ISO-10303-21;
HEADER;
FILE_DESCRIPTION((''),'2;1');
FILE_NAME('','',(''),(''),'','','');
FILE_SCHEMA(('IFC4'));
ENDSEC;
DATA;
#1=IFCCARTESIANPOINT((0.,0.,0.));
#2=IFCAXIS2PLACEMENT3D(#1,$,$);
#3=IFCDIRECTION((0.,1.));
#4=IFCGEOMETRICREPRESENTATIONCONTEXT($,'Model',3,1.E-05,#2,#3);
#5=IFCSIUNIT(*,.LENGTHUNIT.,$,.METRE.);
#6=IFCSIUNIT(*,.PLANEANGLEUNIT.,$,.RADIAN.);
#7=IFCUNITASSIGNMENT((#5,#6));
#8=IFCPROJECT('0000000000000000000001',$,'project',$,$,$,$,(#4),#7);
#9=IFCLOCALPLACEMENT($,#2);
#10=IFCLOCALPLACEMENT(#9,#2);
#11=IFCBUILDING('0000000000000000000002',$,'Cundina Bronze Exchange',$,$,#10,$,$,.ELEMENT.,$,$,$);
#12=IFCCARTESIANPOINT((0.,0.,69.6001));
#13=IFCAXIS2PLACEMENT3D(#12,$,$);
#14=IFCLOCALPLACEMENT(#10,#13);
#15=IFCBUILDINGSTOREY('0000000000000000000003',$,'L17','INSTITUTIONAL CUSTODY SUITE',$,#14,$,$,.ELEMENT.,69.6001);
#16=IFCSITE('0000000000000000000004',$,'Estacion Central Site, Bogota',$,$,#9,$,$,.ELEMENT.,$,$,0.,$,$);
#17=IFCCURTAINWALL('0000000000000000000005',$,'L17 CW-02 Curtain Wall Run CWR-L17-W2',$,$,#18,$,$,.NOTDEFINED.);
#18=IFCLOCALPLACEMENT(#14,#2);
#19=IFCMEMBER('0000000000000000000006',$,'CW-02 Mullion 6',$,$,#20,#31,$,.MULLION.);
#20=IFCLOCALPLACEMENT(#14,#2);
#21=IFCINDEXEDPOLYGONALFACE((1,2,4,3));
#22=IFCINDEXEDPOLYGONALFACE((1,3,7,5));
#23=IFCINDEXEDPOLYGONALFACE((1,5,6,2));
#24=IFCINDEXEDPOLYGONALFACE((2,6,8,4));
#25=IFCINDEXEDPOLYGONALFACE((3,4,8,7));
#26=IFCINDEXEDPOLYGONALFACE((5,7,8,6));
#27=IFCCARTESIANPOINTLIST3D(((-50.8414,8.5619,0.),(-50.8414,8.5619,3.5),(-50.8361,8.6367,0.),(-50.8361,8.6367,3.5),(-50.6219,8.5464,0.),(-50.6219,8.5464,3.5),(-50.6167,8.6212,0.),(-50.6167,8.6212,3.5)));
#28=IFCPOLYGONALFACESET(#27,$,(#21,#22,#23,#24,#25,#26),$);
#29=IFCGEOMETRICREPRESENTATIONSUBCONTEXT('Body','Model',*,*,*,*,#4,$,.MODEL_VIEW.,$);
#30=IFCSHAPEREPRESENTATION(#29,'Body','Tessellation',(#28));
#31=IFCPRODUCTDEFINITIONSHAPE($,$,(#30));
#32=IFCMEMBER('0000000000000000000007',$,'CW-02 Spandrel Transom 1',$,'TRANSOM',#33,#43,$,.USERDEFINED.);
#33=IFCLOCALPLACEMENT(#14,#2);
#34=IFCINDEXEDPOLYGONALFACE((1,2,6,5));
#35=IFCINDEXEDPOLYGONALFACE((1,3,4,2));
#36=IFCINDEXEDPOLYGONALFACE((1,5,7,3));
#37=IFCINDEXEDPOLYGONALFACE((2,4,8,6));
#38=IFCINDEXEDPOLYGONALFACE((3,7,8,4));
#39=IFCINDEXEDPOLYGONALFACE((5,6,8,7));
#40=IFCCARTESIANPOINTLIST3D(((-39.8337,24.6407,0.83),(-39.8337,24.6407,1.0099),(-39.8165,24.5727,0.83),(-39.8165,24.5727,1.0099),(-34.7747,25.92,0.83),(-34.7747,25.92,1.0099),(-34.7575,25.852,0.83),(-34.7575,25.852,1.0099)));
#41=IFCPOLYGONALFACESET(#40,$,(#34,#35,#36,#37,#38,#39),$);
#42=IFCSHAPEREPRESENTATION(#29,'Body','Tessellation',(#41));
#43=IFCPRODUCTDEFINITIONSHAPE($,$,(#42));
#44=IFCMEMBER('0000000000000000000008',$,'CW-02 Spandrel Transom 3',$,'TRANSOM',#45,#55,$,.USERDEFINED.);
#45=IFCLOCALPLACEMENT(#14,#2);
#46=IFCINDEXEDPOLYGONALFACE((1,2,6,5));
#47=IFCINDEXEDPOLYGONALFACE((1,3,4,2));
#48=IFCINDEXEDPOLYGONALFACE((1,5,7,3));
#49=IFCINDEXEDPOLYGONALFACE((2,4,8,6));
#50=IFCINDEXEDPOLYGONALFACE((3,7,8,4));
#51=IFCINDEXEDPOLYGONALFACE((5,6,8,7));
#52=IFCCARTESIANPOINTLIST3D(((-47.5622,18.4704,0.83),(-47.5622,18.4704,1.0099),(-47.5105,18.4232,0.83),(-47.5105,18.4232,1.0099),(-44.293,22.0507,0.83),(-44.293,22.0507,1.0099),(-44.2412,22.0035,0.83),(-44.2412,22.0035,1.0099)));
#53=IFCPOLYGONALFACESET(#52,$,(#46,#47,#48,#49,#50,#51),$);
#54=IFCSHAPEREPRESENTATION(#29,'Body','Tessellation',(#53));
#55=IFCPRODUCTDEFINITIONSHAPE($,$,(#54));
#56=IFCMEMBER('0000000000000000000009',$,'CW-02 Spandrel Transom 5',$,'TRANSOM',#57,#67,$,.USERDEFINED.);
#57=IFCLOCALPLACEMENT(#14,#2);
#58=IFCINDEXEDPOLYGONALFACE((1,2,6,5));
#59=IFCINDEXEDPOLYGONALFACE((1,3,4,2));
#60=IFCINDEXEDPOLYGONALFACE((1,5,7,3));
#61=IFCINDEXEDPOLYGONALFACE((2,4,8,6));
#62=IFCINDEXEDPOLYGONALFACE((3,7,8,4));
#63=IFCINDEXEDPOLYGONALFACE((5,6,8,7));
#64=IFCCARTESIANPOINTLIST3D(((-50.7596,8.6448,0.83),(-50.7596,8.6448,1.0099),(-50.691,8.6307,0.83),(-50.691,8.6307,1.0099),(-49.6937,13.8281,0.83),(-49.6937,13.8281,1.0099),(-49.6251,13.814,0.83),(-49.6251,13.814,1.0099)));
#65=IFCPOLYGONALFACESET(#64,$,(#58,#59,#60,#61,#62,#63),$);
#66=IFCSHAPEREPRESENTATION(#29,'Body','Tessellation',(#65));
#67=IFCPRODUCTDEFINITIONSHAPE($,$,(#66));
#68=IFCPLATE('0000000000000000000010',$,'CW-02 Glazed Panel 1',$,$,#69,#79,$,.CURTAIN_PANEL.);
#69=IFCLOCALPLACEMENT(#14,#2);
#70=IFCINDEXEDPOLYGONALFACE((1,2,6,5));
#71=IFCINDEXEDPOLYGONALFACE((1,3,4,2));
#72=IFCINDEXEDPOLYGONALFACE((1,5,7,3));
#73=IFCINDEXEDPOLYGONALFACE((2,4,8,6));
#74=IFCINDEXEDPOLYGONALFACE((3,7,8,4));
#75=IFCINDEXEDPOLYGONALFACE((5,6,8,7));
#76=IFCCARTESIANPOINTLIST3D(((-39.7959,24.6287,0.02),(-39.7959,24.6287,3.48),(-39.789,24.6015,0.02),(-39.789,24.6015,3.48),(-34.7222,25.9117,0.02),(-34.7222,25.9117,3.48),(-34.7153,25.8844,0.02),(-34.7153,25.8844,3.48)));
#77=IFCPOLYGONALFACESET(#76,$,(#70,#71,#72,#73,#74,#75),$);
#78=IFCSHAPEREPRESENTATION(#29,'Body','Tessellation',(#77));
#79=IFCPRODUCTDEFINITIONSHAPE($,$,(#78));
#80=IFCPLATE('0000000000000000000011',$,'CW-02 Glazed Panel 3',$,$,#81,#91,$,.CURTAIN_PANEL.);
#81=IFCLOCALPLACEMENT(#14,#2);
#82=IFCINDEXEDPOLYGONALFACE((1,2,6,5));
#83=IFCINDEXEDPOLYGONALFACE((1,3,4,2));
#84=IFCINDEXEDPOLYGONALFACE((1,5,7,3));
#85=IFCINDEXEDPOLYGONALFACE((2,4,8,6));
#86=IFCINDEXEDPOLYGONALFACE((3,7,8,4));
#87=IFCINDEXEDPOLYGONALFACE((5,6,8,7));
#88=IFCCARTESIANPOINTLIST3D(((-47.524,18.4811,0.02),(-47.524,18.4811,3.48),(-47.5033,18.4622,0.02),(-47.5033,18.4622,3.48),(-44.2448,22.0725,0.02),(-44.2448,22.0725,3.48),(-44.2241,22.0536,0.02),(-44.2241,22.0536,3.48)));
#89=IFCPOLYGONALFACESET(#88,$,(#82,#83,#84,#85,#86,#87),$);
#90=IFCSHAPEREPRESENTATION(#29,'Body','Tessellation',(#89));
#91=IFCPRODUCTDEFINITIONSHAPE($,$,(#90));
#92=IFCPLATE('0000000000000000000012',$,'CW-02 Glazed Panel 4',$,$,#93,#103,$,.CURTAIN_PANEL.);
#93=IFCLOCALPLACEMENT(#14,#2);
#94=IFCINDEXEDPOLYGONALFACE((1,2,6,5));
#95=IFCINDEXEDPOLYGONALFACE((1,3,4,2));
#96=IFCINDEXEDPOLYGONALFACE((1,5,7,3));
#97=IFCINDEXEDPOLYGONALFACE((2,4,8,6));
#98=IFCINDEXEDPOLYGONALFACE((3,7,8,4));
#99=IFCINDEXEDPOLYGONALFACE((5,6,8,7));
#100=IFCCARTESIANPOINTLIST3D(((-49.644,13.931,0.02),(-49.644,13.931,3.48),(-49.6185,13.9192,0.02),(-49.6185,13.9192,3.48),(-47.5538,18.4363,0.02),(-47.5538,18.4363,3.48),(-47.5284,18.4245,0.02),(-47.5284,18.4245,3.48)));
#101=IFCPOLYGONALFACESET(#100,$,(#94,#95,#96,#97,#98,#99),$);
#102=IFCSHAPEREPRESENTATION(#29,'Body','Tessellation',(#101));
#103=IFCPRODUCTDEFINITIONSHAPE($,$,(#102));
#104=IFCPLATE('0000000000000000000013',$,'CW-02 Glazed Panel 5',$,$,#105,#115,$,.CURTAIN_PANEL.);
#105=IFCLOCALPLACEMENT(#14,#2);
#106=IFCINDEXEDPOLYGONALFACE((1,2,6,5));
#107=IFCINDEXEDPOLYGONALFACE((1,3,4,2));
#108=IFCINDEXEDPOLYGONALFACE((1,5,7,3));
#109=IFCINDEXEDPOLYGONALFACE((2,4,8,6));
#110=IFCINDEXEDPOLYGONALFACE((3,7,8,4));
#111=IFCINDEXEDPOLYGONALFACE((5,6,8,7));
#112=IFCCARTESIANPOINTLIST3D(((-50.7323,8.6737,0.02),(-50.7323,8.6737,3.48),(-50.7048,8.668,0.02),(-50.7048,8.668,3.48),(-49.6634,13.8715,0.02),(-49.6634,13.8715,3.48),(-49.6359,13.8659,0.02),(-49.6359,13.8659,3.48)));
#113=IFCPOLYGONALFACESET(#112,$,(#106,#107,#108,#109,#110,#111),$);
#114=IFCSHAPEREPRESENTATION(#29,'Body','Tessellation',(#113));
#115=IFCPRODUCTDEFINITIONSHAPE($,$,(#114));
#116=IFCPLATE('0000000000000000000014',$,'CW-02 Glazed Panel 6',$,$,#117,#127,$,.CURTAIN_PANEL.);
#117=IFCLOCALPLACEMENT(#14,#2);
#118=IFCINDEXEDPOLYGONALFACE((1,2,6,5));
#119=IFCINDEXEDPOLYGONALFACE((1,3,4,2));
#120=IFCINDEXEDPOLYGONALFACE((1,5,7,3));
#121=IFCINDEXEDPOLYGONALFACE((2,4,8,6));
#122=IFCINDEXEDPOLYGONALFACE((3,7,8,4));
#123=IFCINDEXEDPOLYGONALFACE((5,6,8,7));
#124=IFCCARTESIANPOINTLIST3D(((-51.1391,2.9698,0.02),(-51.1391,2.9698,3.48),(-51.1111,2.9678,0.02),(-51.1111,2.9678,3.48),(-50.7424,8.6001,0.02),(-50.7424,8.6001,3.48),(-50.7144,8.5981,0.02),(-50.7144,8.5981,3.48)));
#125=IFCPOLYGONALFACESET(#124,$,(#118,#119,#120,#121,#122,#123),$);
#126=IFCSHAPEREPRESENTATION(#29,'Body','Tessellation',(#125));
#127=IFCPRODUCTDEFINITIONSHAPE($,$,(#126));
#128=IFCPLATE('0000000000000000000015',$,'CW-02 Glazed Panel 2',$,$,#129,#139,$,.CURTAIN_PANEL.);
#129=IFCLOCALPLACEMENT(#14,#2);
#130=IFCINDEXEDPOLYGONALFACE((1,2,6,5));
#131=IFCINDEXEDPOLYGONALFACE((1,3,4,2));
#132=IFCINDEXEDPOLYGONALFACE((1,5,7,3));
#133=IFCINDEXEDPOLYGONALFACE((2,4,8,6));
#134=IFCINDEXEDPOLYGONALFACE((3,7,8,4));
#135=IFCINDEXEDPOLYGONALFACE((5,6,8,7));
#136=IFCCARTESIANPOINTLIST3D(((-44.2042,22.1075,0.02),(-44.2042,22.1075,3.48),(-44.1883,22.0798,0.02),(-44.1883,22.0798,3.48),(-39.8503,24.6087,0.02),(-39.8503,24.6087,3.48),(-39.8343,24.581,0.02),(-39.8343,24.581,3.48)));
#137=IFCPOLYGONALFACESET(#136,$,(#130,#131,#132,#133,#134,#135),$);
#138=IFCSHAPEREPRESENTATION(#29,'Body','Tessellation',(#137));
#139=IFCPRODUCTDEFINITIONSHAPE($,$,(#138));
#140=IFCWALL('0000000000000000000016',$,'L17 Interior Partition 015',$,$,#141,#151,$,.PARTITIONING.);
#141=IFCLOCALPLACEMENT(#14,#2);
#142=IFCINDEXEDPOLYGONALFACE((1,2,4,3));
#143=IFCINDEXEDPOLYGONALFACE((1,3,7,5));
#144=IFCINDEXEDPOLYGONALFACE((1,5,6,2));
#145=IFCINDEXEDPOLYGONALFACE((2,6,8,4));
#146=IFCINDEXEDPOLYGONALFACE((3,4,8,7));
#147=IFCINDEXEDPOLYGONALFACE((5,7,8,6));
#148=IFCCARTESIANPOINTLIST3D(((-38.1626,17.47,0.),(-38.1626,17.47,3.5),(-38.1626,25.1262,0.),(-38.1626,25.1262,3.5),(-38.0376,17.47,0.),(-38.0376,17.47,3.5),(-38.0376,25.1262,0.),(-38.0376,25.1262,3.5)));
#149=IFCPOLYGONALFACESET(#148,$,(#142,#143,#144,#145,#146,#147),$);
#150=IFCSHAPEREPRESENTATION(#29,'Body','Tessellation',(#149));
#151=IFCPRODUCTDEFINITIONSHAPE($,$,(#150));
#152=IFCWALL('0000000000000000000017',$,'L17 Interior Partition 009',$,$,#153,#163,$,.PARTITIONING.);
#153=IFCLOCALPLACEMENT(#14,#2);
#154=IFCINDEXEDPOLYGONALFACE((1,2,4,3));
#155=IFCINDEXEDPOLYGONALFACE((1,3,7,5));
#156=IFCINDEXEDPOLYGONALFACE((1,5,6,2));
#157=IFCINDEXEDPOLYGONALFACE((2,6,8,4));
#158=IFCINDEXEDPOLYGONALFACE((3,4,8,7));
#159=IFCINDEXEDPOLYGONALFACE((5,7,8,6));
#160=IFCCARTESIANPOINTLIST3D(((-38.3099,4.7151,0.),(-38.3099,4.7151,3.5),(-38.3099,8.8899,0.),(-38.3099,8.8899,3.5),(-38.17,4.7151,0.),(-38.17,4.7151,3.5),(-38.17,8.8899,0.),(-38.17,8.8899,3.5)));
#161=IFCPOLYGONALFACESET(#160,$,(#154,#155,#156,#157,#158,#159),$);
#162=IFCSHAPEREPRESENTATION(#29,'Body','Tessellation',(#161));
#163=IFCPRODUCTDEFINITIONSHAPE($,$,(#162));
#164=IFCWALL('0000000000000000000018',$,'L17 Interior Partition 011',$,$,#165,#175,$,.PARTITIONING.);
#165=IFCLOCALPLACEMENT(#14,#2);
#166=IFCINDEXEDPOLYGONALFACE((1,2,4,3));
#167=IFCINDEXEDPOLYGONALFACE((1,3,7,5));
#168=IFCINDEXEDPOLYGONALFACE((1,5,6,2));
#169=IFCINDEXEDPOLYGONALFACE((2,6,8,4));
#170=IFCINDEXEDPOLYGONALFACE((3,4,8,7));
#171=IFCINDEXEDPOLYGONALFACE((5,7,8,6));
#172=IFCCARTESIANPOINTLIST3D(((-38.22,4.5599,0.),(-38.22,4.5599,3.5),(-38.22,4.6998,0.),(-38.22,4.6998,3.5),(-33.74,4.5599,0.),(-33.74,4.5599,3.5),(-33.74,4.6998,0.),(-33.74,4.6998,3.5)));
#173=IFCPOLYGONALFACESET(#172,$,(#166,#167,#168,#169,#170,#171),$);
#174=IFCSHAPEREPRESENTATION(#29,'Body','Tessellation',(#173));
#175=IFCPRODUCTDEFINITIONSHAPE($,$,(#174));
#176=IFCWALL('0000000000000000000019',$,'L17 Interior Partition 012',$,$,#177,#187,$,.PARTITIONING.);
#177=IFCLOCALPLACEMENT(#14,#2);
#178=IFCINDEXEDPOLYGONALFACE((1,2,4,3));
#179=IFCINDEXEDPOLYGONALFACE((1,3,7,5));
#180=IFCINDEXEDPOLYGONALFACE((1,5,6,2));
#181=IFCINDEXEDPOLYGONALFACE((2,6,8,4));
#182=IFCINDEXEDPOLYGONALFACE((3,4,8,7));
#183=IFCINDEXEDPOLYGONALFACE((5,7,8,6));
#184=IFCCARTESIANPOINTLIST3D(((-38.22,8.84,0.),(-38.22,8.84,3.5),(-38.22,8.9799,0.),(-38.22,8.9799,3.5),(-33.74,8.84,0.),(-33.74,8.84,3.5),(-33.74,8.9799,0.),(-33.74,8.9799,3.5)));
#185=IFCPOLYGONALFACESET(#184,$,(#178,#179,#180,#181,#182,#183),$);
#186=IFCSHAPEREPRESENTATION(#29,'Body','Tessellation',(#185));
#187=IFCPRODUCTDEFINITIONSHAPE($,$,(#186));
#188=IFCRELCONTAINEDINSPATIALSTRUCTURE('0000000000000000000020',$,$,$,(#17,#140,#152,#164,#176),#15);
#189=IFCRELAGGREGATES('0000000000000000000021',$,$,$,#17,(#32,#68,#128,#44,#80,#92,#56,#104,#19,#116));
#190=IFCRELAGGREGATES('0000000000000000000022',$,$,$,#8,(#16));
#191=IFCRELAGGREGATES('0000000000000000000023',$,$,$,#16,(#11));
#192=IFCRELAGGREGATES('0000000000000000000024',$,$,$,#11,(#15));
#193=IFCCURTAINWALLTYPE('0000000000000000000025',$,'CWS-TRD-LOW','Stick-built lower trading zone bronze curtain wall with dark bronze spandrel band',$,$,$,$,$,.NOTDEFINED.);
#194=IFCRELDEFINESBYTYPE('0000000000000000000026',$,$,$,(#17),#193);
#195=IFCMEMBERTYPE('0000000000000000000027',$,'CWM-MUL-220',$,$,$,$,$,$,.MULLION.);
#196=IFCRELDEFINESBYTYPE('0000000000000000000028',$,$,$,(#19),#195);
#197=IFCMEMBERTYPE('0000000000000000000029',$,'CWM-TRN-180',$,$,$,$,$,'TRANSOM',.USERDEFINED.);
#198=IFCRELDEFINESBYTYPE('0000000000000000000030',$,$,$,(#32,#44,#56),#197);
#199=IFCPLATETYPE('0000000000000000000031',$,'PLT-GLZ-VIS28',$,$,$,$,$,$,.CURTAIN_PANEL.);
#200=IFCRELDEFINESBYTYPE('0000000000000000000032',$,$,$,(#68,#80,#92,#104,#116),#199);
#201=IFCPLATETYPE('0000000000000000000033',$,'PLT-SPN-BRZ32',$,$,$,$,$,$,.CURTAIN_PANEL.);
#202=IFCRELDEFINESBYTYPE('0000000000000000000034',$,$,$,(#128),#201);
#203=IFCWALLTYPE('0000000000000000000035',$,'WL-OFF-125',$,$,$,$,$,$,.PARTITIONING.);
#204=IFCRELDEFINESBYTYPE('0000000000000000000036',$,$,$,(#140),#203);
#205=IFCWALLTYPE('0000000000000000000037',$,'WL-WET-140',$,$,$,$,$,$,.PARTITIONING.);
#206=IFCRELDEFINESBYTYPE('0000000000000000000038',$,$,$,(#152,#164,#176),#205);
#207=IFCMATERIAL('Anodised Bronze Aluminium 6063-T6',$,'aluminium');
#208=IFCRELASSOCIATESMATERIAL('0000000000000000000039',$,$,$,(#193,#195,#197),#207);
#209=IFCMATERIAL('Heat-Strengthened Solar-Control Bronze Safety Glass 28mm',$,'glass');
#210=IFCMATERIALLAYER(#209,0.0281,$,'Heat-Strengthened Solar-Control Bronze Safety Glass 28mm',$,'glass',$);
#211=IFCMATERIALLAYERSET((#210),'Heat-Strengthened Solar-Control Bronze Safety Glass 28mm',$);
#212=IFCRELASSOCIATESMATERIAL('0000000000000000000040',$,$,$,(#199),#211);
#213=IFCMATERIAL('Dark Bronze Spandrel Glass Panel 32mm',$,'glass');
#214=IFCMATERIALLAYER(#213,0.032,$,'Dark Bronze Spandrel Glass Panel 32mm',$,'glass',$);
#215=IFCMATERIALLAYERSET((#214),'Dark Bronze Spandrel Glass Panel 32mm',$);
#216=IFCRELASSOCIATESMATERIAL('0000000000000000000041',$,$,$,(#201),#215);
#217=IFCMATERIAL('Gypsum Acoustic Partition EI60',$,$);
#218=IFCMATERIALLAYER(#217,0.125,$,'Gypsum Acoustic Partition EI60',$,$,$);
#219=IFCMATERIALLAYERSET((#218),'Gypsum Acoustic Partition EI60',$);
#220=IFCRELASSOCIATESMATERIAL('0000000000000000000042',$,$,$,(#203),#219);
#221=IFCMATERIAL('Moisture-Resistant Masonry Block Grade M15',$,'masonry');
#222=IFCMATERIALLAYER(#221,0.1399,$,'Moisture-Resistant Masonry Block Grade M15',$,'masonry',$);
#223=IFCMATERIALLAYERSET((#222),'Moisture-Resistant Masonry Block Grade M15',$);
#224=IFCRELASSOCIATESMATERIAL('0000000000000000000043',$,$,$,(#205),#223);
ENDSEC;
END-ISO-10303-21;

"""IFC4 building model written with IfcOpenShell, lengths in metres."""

from ifc_helpers import new_model, si_unit, direction, frame, frame_2d, origin, origin_2d, place, context, subcontext, project, spatial, rectangle, extrude, material, layer, layer_set, material_profile, profile_set, type_object, element, aggregate, save


model = new_model("IFC4")

# Units and contexts
model_context = context("Model", 3, precision=1e-05, world=origin(), true_north=direction((0.0, 1.0)))
body_context = subcontext(model_context, "Body", "Model", "MODEL_VIEW")
ifc_project = project(units=[si_unit("LENGTHUNIT", "METRE"), si_unit("PLANEANGLEUNIT", "RADIAN")], contexts=[model_context])

# Site, building, storey
site_placement = place(None, origin())
site = spatial("IfcSite", under=ifc_project, at=site_placement, Name="Estacion Central Site, Bogota", CompositionType="ELEMENT", RefElevation=0.0)
building_placement = place(site_placement, origin())
building = spatial("IfcBuilding", under=site, at=building_placement, Name="Cundina Bronze Exchange", CompositionType="ELEMENT")
storey_placement = place(building_placement, frame((0.0, 0.0, 69.6001)))
storey = spatial("IfcBuildingStorey", under=building, at=storey_placement, Name="L17", Description="INSTITUTIONAL CUSTODY SUITE", CompositionType="ELEMENT", Elevation=69.6001)

# Curtain wall, members, plates
ifc_material_1 = material(Name="Anodised Bronze Aluminium 6063-T6", Category="aluminium")
curtain_wall_type = type_object("IfcCurtainWallType", Name="CWS-TRD-LOW", Description="Stick-built lower trading zone bronze curtain wall with dark bronze spandrel band", PredefinedType="NOTDEFINED", material=ifc_material_1)
curtain_wall_placement = place(storey_placement, origin())
curtain_wall = element("IfcCurtainWall", 1, at=curtain_wall_placement, inside=storey, type_object=curtain_wall_type, Name="L17 CW-02 Curtain Wall Run CWR-L17-W2", PredefinedType="NOTDEFINED")
ifc_material_profile_1 = material_profile(ifc_material_1, rectangle(XDim=0.075, YDim=0.22, at=origin_2d()), Name="AL75X220", Category="aluminium")
ifc_profile_set_1 = profile_set([ifc_material_profile_1], Name="Anodised Bronze Aluminium 6063-T6")
member_type_1 = type_object("IfcMemberType", Name="CWM-MUL-220", PredefinedType="MULLION", material=ifc_profile_set_1)
member_1_placement = place(storey_placement, frame((-50.729, 8.5916, 0.0), z_axis=(0.0, 0.0, 1.0), x_axis=(-0.070279, -0.997527, 0.0)))
member_1 = element("IfcMember", 2, at=member_1_placement, type_object=member_type_1, Name="CW-02 Mullion 6", PredefinedType="MULLION", context=body_context, shape_type="SweptSolid", body=[
    extrude(rectangle(XDim=0.075, YDim=0.22, at=origin_2d()), origin(), (0.0, 0.0, 1.0), 3.5),
])
ifc_material_profile_2 = material_profile(ifc_material_1, rectangle(XDim=0.0701, YDim=0.1799, at=origin_2d()), Name="AL70X180", Category="aluminium")
ifc_profile_set_2 = profile_set([ifc_material_profile_2], Name="Anodised Bronze Aluminium 6063-T6")
member_type_2 = type_object("IfcMemberType", Name="CWM-TRN-180", ElementType="TRANSOM", PredefinedType="USERDEFINED", material=ifc_profile_set_2)
member_2_placement = place(storey_placement, frame((-34.7661, 25.886, 0.9199), z_axis=(-0.969484, -0.245155, 0.0), x_axis=(0.245155, -0.969484, 0.0)))
member_2 = element("IfcMember", 3, at=member_2_placement, type_object=member_type_2, Name="CW-02 Spandrel Transom 1", ObjectType="TRANSOM", PredefinedType="USERDEFINED", context=body_context, shape_type="SweptSolid", body=[
    extrude(rectangle(XDim=0.0701, YDim=0.1799, at=origin_2d()), origin(), (0.0, 0.0, 1.0), 5.2183),
])
member_3_placement = place(storey_placement, frame((-44.2671, 22.0271, 0.9199), z_axis=(-0.674303, -0.738455, 0.0), x_axis=(0.738455, -0.674303, 0.0)))
member_3 = element("IfcMember", 4, at=member_3_placement, type_object=member_type_2, Name="CW-02 Spandrel Transom 3", ObjectType="TRANSOM", PredefinedType="USERDEFINED", context=body_context, shape_type="SweptSolid", body=[
    extrude(rectangle(XDim=0.0701, YDim=0.1799, at=origin_2d()), origin(), (0.0, 0.0, 1.0), 4.8484),
])
member_4_placement = place(storey_placement, frame((-49.6594, 13.821, 0.9199), z_axis=(-0.201428, -0.979503, 0.0), x_axis=(0.979503, -0.201428, 0.0)))
member_4 = element("IfcMember", 5, at=member_4_placement, type_object=member_type_2, Name="CW-02 Spandrel Transom 5", ObjectType="TRANSOM", PredefinedType="USERDEFINED", context=body_context, shape_type="SweptSolid", body=[
    extrude(rectangle(XDim=0.0701, YDim=0.1799, at=origin_2d()), origin(), (0.0, 0.0, 1.0), 5.2917),
])
ifc_material_2 = material(Name="Heat-Strengthened Solar-Control Bronze Safety Glass 28mm", Category="glass")
ifc_layer_1 = layer(ifc_material_2, 0.0281, Name="Heat-Strengthened Solar-Control Bronze Safety Glass 28mm", Category="glass")
ifc_layer_set_1 = layer_set([ifc_layer_1], Name="Heat-Strengthened Solar-Control Bronze Safety Glass 28mm")
plate_type_1 = type_object("IfcPlateType", Name="PLT-GLZ-VIS28", PredefinedType="CURTAIN_PANEL", material=ifc_layer_set_1)
plate_1_placement = place(storey_placement, frame((-37.2556, 25.2566, 0.02), z_axis=(0.0, 0.0, 1.0), x_axis=(-0.969488, -0.245138, 0.0)))
plate_1 = element("IfcPlate", 6, at=plate_1_placement, type_object=plate_type_1, Name="CW-02 Glazed Panel 1", PredefinedType="CURTAIN_PANEL", context=body_context, shape_type="SweptSolid", body=[
    extrude(rectangle(XDim=5.2334, YDim=0.0281, at=origin_2d()), origin(), (0.0, 0.0, 1.0), 3.46),
])
plate_2_placement = place(storey_placement, frame((-45.874, 20.2673, 0.02), z_axis=(0.0, 0.0, 1.0), x_axis=(-0.674277, -0.738479, 0.0)))
plate_2 = element("IfcPlate", 7, at=plate_2_placement, type_object=plate_type_1, Name="CW-02 Glazed Panel 3", PredefinedType="CURTAIN_PANEL", context=body_context, shape_type="SweptSolid", body=[
    extrude(rectangle(XDim=4.8633, YDim=0.0281, at=origin_2d()), origin(), (0.0, 0.0, 1.0), 3.46),
])
plate_3_placement = place(storey_placement, frame((-48.5862, 16.1777, 0.02), z_axis=(0.0, 0.0, 1.0), x_axis=(-0.420846, -0.907132, 0.0)))
plate_3 = element("IfcPlate", 8, at=plate_3_placement, type_object=plate_type_1, Name="CW-02 Glazed Panel 4", PredefinedType="CURTAIN_PANEL", context=body_context, shape_type="SweptSolid", body=[
    extrude(rectangle(XDim=4.9666, YDim=0.0281, at=origin_2d()), origin(), (0.0, 0.0, 1.0), 3.46),
])
plate_4_placement = place(storey_placement, frame((-50.1841, 11.2698, 0.02), z_axis=(0.0, 0.0, 1.0), x_axis=(-0.20142, -0.979505, 0.0)))
plate_4 = element("IfcPlate", 9, at=plate_4_placement, type_object=plate_type_1, Name="CW-02 Glazed Panel 5", PredefinedType="CURTAIN_PANEL", context=body_context, shape_type="SweptSolid", body=[
    extrude(rectangle(XDim=5.3066, YDim=0.0281, at=origin_2d()), origin(), (0.0, 0.0, 1.0), 3.46),
])
plate_5_placement = place(storey_placement, frame((-50.9268, 5.7839, 0.02), z_axis=(0.0, 0.0, 1.0), x_axis=(-0.070279, -0.997527, 0.0)))
plate_5 = element("IfcPlate", 10, at=plate_5_placement, type_object=plate_type_1, Name="CW-02 Glazed Panel 6", PredefinedType="CURTAIN_PANEL", context=body_context, shape_type="SweptSolid", body=[
    extrude(rectangle(XDim=5.6443, YDim=0.0281, at=origin_2d()), origin(), (0.0, 0.0, 1.0), 3.46),
])
ifc_material_3 = material(Name="Dark Bronze Spandrel Glass Panel 32mm", Category="glass")
ifc_layer_2 = layer(ifc_material_3, 0.032, Name="Dark Bronze Spandrel Glass Panel 32mm", Category="glass")
ifc_layer_set_2 = layer_set([ifc_layer_2], Name="Dark Bronze Spandrel Glass Panel 32mm")
plate_type_2 = type_object("IfcPlateType", Name="PLT-SPN-BRZ32", PredefinedType="CURTAIN_PANEL", material=ifc_layer_set_2)
plate_6_placement = place(storey_placement, frame((-42.0193, 23.3442, 0.02), z_axis=(0.0, 0.0, 1.0), x_axis=(-0.867105, -0.498125, 0.0)))
plate_6 = element("IfcPlate", 11, at=plate_6_placement, type_object=plate_type_2, Name="CW-02 Glazed Panel 2", PredefinedType="CURTAIN_PANEL", context=body_context, shape_type="SweptSolid", body=[
    extrude(rectangle(XDim=5.0212, YDim=0.032, at=origin_2d()), origin(), (0.0, 0.0, 1.0), 3.46),
])
aggregate(curtain_wall, [member_2, plate_1, plate_6, member_3, plate_2, plate_3, member_4, plate_4, member_1, plate_5])

# Walls
ifc_material_4 = material(Name="Gypsum Acoustic Partition EI60")
ifc_layer_3 = layer(ifc_material_4, 0.125, Name="Gypsum Acoustic Partition EI60")
ifc_layer_set_3 = layer_set([ifc_layer_3], Name="Gypsum Acoustic Partition EI60")
wall_type_1 = type_object("IfcWallType", Name="WL-OFF-125", PredefinedType="PARTITIONING", material=ifc_layer_set_3)
wall_1_placement = place(storey_placement, frame((-38.1001, 17.47, 0.0), z_axis=(0.0, 0.0, 1.0), x_axis=(0.0, 1.0, 0.0)))
element("IfcWall", 12, at=wall_1_placement, inside=storey, type_object=wall_type_1, Name="L17 Interior Partition 015", PredefinedType="PARTITIONING", context=body_context, shape_type="SweptSolid", body=[
    extrude(rectangle(XDim=7.6562, YDim=0.125, at=frame_2d((3.8281, 0.0))), origin(), (0.0, 0.0, 1.0), 3.5),
])
ifc_material_5 = material(Name="Moisture-Resistant Masonry Block Grade M15", Category="masonry")
ifc_layer_4 = layer(ifc_material_5, 0.1399, Name="Moisture-Resistant Masonry Block Grade M15", Category="masonry")
ifc_layer_set_4 = layer_set([ifc_layer_4], Name="Moisture-Resistant Masonry Block Grade M15")
wall_type_2 = type_object("IfcWallType", Name="WL-WET-140", PredefinedType="PARTITIONING", material=ifc_layer_set_4)
wall_2_placement = place(storey_placement, frame((-38.24, 4.7151, 0.0), z_axis=(0.0, 0.0, 1.0), x_axis=(0.0, 1.0, 0.0)))
element("IfcWall", 13, at=wall_2_placement, inside=storey, type_object=wall_type_2, Name="L17 Interior Partition 009", PredefinedType="PARTITIONING", context=body_context, shape_type="SweptSolid", body=[
    extrude(rectangle(XDim=4.1748, YDim=0.1399, at=frame_2d((2.0874, 0.0))), origin(), (0.0, 0.0, 1.0), 3.5),
])
for number, where, z_axis, x_axis, name in (
    (14, (-38.22, 4.6299, 0.0), (0.0, 0.0, 1.0), (1.0, 0.0, 0.0), "L17 Interior Partition 011"),
    (15, (-38.22, 8.9099, 0.0), (0.0, 0.0, 1.0), (1.0, 0.0, 0.0), "L17 Interior Partition 012"),
):
    element("IfcWall", number, at=place(storey_placement, frame(where, z_axis=z_axis, x_axis=x_axis)), inside=storey, type_object=wall_type_2, Name=name, PredefinedType="PARTITIONING", context=body_context, shape_type="SweptSolid", body=[
        extrude(rectangle(XDim=4.48, YDim=0.1399, at=frame_2d((2.24, 0.0))), origin(), (0.0, 0.0, 1.0), 3.5),
    ])

save(model, "model.ifc")
